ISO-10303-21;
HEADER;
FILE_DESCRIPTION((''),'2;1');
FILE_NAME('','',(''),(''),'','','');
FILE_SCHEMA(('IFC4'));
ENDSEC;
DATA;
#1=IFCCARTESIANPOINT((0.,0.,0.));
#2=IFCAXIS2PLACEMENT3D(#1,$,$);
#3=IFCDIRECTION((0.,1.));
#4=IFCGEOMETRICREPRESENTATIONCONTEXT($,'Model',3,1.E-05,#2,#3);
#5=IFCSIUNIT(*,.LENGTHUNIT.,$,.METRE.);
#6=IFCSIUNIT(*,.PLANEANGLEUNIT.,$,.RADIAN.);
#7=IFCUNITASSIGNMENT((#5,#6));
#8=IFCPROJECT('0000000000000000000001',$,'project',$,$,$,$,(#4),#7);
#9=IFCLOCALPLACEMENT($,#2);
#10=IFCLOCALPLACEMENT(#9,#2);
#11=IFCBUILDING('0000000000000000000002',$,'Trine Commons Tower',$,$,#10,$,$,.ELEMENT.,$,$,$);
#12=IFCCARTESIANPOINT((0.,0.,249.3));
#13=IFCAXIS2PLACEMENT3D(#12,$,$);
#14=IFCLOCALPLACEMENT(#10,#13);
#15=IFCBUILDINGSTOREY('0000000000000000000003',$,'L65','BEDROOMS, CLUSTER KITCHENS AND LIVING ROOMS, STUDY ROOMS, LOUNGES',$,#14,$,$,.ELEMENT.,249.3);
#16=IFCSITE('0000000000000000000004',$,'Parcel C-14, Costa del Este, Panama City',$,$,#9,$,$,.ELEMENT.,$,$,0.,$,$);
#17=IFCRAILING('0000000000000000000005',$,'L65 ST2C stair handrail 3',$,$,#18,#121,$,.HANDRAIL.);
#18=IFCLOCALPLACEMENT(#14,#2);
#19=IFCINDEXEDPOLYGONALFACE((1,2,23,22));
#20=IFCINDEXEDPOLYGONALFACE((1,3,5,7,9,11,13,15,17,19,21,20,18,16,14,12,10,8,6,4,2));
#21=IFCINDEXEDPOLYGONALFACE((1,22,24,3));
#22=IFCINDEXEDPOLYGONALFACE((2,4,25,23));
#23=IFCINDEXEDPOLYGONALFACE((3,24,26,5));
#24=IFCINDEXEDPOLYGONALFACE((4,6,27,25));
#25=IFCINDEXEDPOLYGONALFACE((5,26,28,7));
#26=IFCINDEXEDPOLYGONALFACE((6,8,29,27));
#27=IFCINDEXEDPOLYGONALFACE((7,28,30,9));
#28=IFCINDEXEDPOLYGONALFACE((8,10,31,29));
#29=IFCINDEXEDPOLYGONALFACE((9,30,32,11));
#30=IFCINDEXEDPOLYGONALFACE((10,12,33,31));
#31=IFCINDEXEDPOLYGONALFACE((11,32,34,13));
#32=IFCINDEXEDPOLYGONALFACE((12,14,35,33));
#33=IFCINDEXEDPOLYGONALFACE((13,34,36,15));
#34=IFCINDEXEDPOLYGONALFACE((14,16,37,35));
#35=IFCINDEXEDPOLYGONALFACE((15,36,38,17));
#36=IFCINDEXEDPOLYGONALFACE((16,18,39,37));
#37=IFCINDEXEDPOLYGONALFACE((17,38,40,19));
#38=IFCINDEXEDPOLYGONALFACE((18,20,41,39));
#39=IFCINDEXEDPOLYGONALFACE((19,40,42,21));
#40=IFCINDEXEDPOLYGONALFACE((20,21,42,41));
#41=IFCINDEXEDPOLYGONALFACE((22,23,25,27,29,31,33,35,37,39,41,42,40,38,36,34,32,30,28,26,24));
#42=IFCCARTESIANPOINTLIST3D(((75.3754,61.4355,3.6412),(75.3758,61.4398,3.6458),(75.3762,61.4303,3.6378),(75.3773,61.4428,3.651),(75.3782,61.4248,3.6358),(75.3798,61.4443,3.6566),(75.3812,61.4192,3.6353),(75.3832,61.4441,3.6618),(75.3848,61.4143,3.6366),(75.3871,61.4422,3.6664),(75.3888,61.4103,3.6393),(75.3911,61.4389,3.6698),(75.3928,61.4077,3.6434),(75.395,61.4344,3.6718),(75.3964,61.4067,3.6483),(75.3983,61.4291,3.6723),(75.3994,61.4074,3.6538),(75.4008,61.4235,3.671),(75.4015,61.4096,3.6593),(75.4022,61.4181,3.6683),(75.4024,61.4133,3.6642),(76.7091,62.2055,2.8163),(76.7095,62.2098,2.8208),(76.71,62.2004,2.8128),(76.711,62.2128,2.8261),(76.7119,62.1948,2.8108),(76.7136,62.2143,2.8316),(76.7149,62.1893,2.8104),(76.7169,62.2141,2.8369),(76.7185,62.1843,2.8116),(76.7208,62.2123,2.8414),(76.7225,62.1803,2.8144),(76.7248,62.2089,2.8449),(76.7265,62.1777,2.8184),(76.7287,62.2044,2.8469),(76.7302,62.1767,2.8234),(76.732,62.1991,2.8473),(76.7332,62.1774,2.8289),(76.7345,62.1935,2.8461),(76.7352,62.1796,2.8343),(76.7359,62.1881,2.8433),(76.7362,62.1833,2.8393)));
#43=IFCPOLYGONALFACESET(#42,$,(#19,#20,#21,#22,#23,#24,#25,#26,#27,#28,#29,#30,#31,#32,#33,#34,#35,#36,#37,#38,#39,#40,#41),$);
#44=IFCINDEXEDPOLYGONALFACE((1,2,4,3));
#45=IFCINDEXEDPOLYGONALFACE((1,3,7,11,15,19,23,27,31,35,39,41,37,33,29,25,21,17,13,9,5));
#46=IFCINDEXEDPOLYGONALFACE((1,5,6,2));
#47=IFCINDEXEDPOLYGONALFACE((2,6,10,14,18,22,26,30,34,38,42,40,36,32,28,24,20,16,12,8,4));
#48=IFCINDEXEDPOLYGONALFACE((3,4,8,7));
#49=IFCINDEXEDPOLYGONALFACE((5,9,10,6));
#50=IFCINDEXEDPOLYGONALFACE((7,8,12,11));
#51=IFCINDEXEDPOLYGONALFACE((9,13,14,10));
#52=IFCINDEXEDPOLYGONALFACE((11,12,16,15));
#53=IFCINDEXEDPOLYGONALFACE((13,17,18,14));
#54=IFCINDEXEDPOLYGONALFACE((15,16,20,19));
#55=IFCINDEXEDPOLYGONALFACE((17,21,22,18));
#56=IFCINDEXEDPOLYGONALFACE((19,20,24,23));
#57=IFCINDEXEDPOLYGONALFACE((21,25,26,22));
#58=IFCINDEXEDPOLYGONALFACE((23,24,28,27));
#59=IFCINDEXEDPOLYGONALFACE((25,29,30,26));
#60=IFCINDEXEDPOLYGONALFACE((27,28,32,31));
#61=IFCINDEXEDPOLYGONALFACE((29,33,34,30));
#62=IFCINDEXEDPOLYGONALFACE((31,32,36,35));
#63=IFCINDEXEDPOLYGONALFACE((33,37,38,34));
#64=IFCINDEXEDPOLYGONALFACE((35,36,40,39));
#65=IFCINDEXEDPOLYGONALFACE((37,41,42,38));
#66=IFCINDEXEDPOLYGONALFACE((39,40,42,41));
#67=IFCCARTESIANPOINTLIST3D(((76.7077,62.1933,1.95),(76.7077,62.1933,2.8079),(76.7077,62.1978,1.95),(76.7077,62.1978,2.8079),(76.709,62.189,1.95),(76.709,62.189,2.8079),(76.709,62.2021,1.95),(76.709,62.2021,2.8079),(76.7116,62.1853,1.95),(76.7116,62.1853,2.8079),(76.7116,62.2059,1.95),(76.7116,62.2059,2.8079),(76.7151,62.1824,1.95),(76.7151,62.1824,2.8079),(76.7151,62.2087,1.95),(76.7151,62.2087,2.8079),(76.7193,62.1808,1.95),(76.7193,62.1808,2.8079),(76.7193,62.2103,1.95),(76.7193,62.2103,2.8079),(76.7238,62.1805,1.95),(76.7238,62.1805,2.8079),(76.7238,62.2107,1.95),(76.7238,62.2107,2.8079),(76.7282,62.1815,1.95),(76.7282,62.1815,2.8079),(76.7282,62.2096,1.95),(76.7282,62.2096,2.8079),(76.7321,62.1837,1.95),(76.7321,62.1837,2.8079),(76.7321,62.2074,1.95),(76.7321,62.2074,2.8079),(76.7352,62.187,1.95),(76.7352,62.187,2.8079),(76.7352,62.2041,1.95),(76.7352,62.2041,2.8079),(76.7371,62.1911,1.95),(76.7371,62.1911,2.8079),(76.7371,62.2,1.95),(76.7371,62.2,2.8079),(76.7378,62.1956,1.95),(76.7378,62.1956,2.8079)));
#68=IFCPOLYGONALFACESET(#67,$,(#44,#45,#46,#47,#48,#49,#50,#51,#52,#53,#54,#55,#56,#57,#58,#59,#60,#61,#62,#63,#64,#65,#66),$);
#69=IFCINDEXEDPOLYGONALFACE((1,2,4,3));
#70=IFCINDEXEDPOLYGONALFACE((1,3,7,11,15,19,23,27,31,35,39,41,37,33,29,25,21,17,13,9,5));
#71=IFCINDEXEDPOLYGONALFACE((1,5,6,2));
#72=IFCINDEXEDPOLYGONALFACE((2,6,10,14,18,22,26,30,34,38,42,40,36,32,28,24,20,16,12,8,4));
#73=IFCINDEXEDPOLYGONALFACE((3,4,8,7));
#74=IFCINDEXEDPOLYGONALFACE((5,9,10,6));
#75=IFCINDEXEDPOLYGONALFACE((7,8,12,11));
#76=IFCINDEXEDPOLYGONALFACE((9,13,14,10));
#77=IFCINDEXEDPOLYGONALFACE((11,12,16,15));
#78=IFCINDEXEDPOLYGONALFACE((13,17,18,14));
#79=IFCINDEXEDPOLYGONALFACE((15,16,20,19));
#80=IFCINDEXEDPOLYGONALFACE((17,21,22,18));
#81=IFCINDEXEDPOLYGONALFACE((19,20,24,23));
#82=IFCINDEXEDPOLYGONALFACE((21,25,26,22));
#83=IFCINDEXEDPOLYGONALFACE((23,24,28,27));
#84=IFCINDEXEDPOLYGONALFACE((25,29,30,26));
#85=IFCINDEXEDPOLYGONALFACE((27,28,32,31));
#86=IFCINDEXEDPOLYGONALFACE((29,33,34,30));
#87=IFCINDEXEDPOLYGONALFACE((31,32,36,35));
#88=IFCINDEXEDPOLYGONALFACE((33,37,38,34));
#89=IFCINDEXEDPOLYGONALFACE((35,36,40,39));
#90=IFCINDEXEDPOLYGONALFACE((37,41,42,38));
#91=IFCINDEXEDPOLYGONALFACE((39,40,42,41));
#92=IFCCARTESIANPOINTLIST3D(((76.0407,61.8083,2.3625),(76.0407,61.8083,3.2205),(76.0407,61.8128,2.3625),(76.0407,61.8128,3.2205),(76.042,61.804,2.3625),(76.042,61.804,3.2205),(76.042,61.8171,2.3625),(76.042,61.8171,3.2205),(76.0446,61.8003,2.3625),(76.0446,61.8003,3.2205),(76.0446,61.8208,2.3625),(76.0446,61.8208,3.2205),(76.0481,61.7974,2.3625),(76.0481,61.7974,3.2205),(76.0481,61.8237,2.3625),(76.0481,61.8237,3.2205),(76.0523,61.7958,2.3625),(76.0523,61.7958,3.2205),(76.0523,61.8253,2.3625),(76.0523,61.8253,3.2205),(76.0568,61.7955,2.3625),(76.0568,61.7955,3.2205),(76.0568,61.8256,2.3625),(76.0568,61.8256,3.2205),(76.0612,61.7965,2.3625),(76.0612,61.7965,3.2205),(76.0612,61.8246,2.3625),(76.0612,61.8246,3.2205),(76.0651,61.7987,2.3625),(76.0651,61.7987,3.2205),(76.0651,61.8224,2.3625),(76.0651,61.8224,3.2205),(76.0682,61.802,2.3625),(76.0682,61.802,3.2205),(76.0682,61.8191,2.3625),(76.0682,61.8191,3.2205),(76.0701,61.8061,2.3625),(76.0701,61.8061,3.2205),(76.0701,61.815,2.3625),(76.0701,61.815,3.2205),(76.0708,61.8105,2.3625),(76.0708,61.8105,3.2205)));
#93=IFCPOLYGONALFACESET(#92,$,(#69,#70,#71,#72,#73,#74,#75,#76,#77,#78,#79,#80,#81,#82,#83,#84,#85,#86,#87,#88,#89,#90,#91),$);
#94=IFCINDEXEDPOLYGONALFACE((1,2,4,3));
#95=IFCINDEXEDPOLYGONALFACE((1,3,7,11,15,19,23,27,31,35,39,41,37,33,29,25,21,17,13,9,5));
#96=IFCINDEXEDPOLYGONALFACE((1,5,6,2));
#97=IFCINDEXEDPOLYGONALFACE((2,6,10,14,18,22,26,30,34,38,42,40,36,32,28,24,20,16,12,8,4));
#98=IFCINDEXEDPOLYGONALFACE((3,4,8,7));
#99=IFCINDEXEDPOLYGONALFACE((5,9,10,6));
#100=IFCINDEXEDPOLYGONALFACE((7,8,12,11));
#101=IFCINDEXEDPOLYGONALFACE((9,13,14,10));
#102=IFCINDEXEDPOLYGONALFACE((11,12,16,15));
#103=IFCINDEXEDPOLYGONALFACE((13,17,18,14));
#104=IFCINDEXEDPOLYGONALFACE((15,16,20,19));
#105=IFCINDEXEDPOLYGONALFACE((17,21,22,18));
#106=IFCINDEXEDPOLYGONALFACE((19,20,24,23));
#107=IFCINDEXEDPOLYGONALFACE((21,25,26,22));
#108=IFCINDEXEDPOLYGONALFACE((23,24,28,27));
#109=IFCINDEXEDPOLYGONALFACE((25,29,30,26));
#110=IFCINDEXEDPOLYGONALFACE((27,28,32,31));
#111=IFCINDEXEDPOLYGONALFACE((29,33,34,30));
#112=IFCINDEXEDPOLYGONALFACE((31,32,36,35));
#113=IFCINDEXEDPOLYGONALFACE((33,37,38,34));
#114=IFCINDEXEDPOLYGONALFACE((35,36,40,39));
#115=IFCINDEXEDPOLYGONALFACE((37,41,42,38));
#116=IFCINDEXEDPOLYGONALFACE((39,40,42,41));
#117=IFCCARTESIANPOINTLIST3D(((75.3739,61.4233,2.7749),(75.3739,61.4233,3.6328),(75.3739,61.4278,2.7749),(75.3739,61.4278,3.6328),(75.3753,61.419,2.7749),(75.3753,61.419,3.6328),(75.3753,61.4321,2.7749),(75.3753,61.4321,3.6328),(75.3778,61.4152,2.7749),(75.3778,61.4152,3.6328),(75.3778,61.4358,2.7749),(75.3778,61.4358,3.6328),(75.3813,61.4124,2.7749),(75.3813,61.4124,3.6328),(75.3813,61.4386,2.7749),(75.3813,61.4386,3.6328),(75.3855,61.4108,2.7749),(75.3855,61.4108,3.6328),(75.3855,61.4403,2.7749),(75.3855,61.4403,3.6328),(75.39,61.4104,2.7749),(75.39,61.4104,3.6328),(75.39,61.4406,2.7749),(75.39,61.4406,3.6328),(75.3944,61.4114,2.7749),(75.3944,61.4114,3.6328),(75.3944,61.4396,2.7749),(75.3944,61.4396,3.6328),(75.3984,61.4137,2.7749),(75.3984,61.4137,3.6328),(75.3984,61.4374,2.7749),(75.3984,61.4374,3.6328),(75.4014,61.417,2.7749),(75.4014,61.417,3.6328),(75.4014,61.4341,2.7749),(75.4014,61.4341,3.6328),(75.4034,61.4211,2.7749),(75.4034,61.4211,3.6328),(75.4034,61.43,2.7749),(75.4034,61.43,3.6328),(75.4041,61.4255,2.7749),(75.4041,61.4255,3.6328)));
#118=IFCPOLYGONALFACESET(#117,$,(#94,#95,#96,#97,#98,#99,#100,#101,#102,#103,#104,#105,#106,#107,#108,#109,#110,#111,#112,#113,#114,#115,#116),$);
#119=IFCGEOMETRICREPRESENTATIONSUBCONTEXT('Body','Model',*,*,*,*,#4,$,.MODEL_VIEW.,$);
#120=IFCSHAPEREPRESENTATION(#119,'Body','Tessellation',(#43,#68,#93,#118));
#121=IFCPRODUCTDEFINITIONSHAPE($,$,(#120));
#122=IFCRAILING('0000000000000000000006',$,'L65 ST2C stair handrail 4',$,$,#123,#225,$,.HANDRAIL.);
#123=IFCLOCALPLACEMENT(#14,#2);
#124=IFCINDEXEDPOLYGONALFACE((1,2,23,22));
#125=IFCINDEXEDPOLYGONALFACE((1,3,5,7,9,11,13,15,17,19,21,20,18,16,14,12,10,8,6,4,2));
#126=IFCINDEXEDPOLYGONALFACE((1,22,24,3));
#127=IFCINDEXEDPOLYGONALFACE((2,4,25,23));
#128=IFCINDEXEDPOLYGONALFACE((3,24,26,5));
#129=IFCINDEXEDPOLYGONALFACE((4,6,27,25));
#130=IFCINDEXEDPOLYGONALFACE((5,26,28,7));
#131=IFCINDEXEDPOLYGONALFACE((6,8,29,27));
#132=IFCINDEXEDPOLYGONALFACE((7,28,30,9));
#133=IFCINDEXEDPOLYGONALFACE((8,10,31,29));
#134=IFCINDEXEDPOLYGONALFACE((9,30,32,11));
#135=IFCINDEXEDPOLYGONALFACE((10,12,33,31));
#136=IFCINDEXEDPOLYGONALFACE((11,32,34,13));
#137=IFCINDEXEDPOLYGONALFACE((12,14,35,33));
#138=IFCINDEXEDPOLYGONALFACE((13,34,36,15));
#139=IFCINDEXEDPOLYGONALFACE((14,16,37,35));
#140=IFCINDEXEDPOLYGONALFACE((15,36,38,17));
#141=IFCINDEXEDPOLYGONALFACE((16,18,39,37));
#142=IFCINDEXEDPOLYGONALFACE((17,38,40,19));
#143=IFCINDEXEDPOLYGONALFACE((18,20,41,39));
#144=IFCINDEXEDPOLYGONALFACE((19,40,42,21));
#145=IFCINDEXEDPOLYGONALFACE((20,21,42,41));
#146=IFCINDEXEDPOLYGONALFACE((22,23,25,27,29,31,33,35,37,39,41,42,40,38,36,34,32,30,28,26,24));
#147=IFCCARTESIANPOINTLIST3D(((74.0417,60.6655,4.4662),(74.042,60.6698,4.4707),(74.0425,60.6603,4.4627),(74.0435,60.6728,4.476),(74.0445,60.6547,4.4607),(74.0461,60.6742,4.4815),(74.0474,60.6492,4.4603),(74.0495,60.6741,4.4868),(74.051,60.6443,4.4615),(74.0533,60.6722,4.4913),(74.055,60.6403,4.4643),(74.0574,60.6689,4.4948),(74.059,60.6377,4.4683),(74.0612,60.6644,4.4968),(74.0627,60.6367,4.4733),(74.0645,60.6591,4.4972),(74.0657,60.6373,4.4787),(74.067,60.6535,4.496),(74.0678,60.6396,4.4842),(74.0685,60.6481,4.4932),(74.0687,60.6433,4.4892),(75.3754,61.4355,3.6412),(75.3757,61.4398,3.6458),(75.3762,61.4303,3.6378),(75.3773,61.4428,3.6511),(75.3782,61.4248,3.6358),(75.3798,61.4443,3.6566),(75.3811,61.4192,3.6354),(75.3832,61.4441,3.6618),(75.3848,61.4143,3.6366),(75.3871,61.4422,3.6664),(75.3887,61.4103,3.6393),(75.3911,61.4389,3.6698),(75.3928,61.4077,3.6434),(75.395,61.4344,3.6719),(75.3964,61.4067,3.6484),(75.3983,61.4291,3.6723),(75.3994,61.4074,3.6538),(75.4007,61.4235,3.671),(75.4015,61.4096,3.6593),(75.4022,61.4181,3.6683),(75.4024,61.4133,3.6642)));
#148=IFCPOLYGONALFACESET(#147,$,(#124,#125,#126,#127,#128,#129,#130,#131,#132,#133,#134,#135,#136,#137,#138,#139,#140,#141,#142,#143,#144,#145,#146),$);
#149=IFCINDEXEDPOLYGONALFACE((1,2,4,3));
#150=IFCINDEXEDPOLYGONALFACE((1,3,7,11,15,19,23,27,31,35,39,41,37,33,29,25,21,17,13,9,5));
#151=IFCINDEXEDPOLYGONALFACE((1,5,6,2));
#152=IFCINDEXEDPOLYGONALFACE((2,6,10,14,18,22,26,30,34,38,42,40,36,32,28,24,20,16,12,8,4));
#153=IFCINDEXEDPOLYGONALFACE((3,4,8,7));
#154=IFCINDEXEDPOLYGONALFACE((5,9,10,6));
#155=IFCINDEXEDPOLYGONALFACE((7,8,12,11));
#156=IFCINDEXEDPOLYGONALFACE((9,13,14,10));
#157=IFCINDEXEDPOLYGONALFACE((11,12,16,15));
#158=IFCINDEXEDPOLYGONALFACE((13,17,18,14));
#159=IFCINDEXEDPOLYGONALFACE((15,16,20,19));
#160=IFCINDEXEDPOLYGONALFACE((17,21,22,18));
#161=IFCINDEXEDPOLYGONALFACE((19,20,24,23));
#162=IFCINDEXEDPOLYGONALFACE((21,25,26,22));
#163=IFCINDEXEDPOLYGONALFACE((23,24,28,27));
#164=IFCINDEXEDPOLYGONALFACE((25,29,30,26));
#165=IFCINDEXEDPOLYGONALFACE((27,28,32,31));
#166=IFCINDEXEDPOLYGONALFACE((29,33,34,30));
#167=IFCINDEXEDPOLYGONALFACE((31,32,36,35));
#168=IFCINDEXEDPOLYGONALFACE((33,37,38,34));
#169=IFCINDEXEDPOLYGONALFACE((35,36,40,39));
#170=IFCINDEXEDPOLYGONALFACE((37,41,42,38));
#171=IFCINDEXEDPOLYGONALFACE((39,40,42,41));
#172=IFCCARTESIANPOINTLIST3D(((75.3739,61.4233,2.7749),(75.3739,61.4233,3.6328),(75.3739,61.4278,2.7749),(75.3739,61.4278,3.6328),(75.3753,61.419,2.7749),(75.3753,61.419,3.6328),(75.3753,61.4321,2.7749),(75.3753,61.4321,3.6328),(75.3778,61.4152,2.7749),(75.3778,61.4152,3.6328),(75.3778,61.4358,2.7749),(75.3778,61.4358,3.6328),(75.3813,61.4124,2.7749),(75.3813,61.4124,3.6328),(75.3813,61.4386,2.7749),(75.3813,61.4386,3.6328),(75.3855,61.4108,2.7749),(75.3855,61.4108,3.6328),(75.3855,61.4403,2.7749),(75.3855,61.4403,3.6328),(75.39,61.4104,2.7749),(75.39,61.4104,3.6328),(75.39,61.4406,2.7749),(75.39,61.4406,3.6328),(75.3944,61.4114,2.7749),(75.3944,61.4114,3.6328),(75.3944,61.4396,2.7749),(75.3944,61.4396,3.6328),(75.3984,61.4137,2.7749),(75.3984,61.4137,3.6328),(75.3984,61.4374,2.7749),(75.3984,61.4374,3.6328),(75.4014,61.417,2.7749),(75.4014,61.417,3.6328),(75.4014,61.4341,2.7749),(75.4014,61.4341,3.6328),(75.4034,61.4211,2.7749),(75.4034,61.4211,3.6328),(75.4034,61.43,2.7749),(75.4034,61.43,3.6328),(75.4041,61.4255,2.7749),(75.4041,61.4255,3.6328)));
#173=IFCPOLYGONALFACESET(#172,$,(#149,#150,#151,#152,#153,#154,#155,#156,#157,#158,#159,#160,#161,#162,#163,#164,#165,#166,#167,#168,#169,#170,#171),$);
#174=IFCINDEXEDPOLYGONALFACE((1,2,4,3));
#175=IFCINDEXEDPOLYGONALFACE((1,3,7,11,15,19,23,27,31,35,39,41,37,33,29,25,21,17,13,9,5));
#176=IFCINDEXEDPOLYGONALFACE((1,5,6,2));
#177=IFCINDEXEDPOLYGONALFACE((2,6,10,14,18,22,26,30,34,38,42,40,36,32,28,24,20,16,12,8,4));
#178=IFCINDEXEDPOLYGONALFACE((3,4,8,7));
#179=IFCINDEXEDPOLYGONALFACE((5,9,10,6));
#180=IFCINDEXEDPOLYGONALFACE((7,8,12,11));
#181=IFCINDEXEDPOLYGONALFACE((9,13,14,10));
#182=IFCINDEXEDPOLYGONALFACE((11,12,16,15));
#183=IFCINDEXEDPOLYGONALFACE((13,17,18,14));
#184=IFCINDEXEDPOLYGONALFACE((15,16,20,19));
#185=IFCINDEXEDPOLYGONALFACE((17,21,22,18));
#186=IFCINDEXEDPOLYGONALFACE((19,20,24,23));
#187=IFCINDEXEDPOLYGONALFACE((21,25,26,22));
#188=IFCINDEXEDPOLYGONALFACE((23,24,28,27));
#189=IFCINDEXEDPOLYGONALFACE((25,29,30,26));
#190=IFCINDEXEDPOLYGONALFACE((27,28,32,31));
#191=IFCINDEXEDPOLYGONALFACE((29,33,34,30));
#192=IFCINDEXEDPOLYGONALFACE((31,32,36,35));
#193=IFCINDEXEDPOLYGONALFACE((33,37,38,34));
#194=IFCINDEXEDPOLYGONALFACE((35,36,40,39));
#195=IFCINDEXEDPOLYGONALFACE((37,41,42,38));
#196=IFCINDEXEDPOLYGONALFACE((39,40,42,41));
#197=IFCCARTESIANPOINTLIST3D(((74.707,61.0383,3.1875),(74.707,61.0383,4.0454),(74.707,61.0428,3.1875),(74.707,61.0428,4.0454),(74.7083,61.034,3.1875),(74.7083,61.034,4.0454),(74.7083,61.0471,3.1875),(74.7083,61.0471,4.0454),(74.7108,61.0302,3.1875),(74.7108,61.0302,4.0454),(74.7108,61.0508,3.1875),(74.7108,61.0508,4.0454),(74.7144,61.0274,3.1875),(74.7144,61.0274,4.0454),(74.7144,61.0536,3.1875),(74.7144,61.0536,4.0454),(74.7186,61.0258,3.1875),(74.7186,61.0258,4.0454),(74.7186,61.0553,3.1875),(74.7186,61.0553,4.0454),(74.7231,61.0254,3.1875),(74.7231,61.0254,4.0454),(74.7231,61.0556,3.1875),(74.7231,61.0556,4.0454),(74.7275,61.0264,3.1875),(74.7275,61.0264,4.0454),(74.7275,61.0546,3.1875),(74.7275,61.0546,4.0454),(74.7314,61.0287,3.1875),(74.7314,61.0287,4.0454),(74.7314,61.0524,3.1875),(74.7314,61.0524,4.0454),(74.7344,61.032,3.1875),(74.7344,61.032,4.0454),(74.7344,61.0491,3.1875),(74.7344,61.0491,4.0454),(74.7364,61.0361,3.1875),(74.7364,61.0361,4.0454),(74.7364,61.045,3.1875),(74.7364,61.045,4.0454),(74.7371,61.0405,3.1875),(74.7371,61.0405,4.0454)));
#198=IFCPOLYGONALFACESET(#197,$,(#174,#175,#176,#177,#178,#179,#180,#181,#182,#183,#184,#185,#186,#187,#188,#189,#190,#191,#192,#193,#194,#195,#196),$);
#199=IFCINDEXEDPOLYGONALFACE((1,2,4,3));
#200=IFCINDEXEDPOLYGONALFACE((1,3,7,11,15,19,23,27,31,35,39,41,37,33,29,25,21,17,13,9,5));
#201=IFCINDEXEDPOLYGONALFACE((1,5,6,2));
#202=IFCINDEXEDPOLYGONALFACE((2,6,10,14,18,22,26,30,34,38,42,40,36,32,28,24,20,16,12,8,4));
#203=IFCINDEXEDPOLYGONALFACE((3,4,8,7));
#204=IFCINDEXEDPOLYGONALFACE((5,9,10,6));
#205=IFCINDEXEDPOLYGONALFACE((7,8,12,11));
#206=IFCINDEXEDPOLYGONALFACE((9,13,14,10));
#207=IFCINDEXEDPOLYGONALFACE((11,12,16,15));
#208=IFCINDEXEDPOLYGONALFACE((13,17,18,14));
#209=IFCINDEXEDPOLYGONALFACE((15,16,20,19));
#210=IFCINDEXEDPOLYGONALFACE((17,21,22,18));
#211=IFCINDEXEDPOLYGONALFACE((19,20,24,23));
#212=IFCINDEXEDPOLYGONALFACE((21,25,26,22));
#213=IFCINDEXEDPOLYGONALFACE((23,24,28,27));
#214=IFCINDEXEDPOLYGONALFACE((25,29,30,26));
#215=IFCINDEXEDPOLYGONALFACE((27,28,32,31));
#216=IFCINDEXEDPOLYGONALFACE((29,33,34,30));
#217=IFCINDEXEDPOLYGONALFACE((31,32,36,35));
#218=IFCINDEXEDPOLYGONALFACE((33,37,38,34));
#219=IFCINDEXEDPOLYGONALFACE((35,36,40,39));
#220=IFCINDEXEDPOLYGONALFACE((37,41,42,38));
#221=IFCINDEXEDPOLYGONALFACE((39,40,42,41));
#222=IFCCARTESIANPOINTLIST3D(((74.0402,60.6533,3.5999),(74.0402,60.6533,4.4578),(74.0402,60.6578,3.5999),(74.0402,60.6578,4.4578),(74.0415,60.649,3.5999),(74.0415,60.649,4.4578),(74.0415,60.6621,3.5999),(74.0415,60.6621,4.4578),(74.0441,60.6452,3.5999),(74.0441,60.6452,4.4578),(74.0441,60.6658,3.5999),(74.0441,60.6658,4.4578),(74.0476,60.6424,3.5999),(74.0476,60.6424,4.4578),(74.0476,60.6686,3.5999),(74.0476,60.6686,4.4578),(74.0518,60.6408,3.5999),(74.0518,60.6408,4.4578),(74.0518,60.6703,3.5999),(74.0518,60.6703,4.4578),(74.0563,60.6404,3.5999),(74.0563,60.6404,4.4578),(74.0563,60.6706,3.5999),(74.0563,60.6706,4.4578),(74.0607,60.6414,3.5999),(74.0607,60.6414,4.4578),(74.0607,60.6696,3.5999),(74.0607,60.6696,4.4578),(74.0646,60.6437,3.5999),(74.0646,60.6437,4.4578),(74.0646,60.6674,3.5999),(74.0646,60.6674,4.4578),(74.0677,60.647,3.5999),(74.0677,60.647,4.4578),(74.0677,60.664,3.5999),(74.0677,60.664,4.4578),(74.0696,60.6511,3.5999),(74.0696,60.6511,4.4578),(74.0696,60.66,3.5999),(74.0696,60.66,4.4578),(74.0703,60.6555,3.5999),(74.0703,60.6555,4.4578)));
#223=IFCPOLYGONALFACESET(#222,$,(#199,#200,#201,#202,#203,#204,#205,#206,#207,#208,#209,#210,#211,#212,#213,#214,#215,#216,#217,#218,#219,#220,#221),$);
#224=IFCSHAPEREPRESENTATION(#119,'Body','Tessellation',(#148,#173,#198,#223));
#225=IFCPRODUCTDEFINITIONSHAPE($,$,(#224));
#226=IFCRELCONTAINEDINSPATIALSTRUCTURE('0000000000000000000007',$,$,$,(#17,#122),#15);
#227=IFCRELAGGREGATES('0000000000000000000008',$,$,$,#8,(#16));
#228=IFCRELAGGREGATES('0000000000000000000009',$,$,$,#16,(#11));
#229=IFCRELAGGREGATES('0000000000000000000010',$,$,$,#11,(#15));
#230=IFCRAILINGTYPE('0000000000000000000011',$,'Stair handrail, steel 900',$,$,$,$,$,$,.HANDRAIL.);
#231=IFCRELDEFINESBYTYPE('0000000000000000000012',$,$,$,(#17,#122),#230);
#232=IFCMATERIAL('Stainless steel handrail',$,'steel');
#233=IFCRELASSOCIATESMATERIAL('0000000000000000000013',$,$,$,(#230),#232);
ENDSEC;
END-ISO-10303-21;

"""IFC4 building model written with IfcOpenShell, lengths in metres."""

from ifc_helpers import new_model, si_unit, direction, frame, origin, origin_2d, place, context, subcontext, project, spatial, circle, extrude, material, type_object, element, save


model = new_model("IFC4")

# Units and contexts
model_context = context("Model", 3, precision=1e-05, world=origin(), true_north=direction((0.0, 1.0)))
body_context = subcontext(model_context, "Body", "Model", "MODEL_VIEW")
ifc_project = project(units=[si_unit("LENGTHUNIT", "METRE"), si_unit("PLANEANGLEUNIT", "RADIAN")], contexts=[model_context])

# Site, building, storey
site_placement = place(None, origin())
site = spatial("IfcSite", under=ifc_project, at=site_placement, Name="Parcel C-14, Costa del Este, Panama City", CompositionType="ELEMENT", RefElevation=0.0)
building_placement = place(site_placement, origin())
building = spatial("IfcBuilding", under=site, at=building_placement, Name="Trine Commons Tower", CompositionType="ELEMENT")
storey_placement = place(building_placement, frame((0.0, 0.0, 249.3)))
storey = spatial("IfcBuildingStorey", under=building, at=storey_placement, Name="L65", Description="BEDROOMS, CLUSTER KITCHENS AND LIVING ROOMS, STUDY ROOMS, LOUNGES", CompositionType="ELEMENT", Elevation=249.3)

# Railings
ifc_material_1 = material(Name="Stainless steel handrail", Category="steel")
railing_type_1 = type_object("IfcRailingType", Name="Stair handrail, steel 900", PredefinedType="HANDRAIL", material=ifc_material_1)
for number, where, name in (
    (1, (76.7227, 62.1956, 1.95), "L65 ST2C stair handrail 3"),
    (2, (75.3889, 61.4255, 2.7749), "L65 ST2C stair handrail 4"),
):
    element("IfcRailing", number, at=place(storey_placement, frame(where)), inside=storey, type_object=railing_type_1, Name=name, PredefinedType="HANDRAIL", context=body_context, shape_type="SweptSolid", body=[
        extrude(circle(Radius=0.021, at=origin_2d()), frame((0.0, 0.0, 0.8789), z_axis=(-0.763405, -0.440743, 0.472185), x_axis=(0.499992, -0.86603, 0.0)), (0.0, 0.0, 1.0), 1.7471),
        extrude(circle(Radius=0.0151, at=origin_2d()), origin(), (0.0, 0.0, 1.0), 0.8579),
        extrude(circle(Radius=0.0151, at=origin_2d()), frame((-0.667, -0.385, 0.4126)), (0.0, 0.0, 1.0), 0.8579),
        extrude(circle(Radius=0.0151, at=origin_2d()), frame((-1.3337, -0.77, 0.825)), (0.0, 0.0, 1.0), 0.8579),
    ])

save(model, "model.ifc")
